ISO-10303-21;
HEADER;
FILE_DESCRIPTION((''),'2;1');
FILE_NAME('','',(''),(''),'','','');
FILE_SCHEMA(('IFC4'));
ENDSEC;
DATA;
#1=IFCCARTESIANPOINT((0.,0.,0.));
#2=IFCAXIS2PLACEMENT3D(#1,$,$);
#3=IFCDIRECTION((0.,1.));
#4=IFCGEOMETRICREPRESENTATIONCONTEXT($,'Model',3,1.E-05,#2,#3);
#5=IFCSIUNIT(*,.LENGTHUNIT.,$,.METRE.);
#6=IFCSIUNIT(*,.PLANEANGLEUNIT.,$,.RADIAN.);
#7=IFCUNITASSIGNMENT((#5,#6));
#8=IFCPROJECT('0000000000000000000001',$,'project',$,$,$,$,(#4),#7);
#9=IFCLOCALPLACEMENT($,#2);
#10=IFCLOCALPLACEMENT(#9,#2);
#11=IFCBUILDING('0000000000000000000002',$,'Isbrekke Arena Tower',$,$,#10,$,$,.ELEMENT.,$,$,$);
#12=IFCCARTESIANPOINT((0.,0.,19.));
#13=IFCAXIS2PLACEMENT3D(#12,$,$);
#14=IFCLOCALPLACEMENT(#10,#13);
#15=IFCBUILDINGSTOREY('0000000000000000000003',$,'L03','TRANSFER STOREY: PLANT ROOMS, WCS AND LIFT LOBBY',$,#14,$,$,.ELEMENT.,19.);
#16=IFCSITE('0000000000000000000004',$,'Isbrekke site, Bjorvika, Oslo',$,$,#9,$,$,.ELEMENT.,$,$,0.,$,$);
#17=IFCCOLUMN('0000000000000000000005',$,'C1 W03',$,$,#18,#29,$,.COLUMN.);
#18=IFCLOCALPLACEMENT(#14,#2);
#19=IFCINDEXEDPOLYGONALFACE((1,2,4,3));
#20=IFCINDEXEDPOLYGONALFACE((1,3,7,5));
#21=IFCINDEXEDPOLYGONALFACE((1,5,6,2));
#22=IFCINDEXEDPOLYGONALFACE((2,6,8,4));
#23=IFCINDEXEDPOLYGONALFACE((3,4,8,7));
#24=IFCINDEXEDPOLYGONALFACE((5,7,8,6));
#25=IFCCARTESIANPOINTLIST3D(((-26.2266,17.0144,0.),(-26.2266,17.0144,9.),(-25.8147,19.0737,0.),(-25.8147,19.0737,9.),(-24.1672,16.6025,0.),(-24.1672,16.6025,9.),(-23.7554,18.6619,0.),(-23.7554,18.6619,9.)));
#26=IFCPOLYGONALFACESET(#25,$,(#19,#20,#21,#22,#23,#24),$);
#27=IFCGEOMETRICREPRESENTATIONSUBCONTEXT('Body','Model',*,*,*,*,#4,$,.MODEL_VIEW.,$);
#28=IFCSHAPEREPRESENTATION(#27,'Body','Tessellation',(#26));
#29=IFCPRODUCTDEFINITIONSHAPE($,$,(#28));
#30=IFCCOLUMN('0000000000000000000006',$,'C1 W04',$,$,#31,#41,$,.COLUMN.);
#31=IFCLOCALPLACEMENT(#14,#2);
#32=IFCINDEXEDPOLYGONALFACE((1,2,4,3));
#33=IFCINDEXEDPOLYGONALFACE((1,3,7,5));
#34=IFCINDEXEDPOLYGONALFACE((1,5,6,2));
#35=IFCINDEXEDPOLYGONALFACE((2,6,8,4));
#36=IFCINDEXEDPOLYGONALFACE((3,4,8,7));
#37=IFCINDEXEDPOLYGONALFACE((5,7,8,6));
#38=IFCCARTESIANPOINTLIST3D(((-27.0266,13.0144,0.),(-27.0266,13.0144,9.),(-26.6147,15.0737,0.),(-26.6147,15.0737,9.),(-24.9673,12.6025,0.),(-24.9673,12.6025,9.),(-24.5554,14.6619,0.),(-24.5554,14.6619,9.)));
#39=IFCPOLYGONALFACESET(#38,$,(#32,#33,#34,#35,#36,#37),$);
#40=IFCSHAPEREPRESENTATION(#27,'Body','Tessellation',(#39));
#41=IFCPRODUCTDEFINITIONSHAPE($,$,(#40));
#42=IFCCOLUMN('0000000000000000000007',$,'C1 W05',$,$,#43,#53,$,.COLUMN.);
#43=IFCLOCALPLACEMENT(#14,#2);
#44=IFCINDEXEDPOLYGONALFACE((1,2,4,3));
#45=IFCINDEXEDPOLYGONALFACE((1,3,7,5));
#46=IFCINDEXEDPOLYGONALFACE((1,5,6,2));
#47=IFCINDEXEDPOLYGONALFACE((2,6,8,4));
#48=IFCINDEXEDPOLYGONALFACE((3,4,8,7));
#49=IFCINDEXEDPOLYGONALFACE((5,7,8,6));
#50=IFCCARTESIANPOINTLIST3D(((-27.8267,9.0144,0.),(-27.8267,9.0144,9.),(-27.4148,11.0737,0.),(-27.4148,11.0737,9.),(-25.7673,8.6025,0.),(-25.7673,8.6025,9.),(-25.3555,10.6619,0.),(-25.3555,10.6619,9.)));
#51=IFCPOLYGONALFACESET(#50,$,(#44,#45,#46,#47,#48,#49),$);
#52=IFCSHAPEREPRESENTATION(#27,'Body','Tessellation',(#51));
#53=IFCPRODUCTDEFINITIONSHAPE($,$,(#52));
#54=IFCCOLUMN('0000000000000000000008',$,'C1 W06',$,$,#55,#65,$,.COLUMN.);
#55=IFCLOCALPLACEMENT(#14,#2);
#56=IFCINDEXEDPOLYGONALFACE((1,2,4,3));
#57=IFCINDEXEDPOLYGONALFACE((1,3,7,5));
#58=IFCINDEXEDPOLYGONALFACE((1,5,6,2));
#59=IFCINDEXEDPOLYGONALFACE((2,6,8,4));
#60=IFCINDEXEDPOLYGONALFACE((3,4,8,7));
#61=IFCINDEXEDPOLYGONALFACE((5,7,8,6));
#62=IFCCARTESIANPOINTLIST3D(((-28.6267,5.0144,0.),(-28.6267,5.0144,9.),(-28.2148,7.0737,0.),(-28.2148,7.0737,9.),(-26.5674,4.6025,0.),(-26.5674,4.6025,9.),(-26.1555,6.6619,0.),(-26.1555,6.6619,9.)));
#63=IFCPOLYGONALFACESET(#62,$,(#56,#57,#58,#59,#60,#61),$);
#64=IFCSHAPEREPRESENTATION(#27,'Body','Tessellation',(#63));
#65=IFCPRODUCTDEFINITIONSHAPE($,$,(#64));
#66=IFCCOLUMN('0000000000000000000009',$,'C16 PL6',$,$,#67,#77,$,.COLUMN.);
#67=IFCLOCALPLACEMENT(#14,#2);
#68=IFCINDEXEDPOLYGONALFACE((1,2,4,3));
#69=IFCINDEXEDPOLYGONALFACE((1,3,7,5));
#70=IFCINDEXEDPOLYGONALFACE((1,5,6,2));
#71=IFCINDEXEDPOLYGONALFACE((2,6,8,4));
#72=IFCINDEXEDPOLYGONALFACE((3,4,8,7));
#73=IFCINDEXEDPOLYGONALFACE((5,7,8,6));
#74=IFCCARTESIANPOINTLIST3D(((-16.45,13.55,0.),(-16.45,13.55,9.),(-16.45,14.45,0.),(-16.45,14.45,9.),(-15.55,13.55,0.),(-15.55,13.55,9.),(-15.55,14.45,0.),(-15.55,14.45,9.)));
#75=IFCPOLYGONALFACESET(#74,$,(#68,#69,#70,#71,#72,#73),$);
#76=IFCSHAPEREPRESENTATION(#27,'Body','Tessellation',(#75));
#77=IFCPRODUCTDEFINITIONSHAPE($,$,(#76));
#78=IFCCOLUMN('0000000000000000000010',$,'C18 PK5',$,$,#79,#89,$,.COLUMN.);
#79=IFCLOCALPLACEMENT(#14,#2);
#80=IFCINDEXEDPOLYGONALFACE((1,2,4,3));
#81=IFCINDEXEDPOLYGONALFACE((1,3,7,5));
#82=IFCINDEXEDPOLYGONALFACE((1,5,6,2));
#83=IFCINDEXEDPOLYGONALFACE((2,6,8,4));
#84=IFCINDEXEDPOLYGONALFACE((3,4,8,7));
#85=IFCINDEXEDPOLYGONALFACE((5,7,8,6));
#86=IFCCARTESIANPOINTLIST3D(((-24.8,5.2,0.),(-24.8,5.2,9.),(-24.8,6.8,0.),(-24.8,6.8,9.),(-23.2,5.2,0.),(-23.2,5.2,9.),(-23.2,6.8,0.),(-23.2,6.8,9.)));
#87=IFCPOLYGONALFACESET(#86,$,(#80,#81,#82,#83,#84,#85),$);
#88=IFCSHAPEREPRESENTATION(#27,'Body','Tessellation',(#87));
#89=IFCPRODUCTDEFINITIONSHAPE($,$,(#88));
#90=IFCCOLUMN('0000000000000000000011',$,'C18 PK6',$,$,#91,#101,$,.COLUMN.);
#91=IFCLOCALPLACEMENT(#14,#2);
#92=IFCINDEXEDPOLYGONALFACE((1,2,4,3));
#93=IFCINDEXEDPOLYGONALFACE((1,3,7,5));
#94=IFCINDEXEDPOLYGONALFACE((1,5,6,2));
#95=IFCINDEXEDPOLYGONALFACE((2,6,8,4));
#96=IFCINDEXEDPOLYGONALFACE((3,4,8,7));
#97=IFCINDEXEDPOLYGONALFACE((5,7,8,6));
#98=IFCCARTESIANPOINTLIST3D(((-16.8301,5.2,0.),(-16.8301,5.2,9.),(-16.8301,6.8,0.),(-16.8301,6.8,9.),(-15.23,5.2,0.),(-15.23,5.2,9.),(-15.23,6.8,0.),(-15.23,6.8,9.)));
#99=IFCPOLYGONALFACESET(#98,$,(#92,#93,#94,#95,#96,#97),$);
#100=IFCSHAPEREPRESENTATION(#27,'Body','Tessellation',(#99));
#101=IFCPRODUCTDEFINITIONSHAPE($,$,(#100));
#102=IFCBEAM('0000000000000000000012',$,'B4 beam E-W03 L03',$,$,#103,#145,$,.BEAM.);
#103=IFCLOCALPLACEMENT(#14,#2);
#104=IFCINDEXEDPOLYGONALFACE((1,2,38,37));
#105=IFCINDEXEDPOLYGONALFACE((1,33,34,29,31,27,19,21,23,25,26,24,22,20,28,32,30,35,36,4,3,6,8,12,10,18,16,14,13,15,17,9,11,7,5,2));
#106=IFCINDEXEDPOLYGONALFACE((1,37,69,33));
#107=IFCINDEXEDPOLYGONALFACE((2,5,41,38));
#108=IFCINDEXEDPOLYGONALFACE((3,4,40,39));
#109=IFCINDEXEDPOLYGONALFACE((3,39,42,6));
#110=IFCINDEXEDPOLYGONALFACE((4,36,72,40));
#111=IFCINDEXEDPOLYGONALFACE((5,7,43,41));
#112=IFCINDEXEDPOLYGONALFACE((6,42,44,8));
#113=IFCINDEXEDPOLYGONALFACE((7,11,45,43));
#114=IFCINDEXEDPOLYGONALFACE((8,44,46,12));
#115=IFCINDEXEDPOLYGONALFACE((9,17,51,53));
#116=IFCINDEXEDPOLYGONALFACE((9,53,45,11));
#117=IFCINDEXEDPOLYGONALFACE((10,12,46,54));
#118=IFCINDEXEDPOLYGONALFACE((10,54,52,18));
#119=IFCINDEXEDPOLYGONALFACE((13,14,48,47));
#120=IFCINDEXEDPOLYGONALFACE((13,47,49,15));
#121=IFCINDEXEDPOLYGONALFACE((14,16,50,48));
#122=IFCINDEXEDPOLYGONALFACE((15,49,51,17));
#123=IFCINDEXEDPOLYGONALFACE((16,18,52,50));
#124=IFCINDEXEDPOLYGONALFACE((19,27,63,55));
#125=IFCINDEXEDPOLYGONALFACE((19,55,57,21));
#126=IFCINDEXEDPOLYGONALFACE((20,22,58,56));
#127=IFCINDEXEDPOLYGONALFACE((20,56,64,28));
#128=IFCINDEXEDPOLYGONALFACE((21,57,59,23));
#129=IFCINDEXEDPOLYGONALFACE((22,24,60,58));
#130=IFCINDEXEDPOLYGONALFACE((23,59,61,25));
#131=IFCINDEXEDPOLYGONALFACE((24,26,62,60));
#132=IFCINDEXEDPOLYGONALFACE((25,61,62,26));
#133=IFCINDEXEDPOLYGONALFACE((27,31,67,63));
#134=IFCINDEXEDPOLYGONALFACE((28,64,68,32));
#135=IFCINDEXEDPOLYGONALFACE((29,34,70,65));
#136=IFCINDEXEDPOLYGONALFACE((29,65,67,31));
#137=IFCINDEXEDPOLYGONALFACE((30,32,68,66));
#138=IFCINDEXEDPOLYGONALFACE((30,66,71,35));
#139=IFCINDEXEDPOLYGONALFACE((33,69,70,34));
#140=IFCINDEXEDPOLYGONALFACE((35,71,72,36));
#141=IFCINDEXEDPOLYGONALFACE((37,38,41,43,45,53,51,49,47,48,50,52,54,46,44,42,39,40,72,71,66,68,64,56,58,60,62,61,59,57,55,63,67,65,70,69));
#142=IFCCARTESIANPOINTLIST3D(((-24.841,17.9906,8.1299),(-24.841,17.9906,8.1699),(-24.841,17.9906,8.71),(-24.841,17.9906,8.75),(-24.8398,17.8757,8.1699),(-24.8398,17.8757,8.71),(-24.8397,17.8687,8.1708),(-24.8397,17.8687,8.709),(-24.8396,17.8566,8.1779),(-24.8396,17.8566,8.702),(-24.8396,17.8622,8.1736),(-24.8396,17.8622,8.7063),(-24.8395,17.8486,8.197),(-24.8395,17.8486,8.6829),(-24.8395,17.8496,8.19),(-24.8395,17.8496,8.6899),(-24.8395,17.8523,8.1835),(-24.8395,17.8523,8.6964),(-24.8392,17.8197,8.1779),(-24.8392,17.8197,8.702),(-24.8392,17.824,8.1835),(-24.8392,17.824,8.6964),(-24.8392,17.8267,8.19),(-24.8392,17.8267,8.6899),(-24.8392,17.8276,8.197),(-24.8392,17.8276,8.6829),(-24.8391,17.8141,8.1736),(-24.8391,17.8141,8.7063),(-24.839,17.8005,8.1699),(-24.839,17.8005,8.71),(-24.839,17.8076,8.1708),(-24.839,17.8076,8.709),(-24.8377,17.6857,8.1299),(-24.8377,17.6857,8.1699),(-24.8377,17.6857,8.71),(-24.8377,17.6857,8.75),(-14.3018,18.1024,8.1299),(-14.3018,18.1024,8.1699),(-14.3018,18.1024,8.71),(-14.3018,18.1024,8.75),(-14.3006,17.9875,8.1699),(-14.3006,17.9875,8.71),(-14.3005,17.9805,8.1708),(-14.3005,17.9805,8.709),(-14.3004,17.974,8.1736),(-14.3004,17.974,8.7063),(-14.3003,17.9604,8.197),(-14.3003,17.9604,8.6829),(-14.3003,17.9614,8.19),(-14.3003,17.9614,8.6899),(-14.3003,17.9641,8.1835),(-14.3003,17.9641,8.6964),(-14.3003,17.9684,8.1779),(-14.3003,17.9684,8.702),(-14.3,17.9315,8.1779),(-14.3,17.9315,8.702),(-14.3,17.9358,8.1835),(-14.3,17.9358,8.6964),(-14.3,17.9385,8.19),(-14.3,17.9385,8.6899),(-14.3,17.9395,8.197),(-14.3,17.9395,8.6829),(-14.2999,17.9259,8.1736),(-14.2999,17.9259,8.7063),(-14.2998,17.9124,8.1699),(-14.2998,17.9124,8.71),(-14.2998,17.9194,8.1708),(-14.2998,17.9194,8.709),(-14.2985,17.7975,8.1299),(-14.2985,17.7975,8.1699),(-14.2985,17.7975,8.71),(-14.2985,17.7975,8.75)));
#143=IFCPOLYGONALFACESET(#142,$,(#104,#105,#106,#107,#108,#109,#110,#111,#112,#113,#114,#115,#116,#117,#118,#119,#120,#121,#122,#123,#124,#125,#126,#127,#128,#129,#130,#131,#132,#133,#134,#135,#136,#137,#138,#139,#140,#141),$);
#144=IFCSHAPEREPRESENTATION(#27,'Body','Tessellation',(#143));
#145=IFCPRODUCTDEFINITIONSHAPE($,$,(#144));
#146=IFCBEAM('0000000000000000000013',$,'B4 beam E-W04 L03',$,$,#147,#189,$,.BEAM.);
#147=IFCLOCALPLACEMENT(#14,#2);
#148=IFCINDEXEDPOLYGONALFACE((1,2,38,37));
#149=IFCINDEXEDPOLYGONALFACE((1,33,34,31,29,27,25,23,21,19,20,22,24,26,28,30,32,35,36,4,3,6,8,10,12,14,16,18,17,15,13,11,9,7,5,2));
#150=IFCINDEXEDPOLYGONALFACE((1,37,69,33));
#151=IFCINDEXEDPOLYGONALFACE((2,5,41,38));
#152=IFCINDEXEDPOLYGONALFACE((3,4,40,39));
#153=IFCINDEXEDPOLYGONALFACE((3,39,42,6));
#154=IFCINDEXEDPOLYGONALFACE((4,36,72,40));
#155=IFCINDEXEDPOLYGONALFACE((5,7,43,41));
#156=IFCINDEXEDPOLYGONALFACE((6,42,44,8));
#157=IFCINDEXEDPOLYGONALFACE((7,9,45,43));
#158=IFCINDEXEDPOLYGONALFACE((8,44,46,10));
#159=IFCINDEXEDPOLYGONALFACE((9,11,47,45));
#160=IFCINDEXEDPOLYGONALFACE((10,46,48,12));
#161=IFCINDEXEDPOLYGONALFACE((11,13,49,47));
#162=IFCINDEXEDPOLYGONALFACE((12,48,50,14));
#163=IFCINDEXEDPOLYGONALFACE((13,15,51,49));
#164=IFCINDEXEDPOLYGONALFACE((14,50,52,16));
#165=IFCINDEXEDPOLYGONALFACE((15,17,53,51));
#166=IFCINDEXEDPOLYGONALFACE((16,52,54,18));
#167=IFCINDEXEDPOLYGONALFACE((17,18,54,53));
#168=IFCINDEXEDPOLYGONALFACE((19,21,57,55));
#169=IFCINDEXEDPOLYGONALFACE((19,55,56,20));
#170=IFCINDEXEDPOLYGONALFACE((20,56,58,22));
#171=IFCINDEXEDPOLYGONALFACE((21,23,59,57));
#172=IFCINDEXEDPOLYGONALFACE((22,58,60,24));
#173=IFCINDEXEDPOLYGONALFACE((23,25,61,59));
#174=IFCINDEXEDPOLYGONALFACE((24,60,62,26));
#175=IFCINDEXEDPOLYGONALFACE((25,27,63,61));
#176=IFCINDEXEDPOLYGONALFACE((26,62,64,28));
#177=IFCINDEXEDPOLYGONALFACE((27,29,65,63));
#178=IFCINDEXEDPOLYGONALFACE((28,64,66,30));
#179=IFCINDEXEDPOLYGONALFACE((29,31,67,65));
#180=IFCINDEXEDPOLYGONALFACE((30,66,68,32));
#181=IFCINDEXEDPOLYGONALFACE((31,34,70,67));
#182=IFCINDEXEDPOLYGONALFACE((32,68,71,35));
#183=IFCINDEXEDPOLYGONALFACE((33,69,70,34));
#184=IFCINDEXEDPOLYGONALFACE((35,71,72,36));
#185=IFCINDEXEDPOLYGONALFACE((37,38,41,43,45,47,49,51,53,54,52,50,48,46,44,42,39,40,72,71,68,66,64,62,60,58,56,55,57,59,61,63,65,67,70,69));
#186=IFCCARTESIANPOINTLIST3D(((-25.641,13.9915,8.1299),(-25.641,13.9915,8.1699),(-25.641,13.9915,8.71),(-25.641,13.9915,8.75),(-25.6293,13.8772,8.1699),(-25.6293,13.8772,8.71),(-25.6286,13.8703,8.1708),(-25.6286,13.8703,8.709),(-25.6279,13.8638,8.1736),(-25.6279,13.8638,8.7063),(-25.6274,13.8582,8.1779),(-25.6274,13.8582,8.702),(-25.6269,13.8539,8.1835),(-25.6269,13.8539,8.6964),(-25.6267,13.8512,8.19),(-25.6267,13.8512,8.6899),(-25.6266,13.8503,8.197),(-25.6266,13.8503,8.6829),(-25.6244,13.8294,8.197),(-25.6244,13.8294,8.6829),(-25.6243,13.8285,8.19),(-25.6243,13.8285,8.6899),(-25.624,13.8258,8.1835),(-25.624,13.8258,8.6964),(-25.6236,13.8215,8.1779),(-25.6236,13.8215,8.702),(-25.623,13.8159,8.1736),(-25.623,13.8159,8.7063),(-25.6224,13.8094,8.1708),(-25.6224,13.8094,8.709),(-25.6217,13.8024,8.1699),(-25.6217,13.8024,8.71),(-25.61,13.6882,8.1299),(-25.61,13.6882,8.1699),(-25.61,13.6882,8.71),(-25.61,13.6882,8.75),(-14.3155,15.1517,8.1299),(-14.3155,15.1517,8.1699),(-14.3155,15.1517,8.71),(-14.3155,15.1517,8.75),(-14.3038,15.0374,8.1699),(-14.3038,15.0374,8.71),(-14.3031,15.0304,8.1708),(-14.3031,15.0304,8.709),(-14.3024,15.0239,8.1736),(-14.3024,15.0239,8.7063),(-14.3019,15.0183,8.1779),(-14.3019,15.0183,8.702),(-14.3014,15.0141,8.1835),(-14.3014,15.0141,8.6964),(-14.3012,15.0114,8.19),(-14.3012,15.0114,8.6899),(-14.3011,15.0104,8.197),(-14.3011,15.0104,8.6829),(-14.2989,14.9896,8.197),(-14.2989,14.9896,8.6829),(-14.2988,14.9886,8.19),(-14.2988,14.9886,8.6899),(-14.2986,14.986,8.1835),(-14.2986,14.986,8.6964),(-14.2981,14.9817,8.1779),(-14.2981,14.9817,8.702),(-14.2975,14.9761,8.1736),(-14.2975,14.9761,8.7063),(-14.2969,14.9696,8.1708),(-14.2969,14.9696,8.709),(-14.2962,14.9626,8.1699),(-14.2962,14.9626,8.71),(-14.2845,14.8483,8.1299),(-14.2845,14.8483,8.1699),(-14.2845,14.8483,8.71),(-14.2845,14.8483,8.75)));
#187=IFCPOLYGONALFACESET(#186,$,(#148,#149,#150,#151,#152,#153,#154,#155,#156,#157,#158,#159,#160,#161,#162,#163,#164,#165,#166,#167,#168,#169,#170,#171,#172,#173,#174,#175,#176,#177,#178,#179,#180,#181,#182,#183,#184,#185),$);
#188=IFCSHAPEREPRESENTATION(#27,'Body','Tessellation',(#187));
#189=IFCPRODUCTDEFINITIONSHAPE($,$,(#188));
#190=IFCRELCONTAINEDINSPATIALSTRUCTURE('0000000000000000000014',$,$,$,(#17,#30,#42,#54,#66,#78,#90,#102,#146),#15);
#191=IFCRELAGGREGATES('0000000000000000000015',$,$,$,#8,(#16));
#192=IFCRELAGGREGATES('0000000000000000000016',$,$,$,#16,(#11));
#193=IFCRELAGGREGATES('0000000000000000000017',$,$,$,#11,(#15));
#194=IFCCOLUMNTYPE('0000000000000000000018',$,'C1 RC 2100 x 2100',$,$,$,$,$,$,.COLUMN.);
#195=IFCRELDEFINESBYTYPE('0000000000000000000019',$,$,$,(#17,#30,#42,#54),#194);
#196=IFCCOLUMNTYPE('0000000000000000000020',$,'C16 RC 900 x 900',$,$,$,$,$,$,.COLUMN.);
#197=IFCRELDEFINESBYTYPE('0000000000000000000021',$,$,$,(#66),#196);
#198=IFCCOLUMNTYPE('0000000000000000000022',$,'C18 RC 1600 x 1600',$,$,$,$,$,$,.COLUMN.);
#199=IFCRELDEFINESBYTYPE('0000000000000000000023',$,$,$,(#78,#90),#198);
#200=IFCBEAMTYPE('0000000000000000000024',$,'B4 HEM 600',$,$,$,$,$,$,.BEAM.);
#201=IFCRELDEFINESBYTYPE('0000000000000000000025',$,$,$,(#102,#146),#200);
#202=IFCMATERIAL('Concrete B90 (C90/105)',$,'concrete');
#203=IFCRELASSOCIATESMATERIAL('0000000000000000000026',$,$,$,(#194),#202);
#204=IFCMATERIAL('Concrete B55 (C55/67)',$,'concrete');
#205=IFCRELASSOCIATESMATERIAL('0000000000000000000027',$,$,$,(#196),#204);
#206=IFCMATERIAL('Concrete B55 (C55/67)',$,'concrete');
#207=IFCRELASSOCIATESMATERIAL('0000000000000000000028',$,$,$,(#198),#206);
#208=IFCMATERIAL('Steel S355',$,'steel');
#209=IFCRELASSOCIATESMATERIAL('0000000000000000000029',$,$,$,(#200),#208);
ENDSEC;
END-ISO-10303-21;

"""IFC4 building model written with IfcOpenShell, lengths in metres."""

from ifc_helpers import new_model, si_unit, direction, frame, origin, origin_2d, place, context, subcontext, project, spatial, rectangle, i_section, extrude, material, material_profile, profile_set, type_object, element, save


model = new_model("IFC4")

# Units and contexts
model_context = context("Model", 3, precision=1e-05, world=origin(), true_north=direction((0.0, 1.0)))
body_context = subcontext(model_context, "Body", "Model", "MODEL_VIEW")
ifc_project = project(units=[si_unit("LENGTHUNIT", "METRE"), si_unit("PLANEANGLEUNIT", "RADIAN")], contexts=[model_context])

# Site, building, storey
site_placement = place(None, origin())
site = spatial("IfcSite", under=ifc_project, at=site_placement, Name="Isbrekke site, Bjorvika, Oslo", CompositionType="ELEMENT", RefElevation=0.0)
building_placement = place(site_placement, origin())
building = spatial("IfcBuilding", under=site, at=building_placement, Name="Isbrekke Arena Tower", CompositionType="ELEMENT")
storey_placement = place(building_placement, frame((0.0, 0.0, 19.0)))
storey = spatial("IfcBuildingStorey", under=building, at=storey_placement, Name="L03", Description="TRANSFER STOREY: PLANT ROOMS, WCS AND LIFT LOBBY", CompositionType="ELEMENT", Elevation=19.0)

# Columns
ifc_material_1 = material(Name="Concrete B90 (C90/105)", Category="concrete")
ifc_material_profile_1 = material_profile(ifc_material_1, rectangle(XDim=2.1001, YDim=2.1001, at=origin_2d()), Name="RC 2100x2100")
ifc_profile_set_1 = profile_set([ifc_material_profile_1], Name="Concrete B90 (C90/105)")
column_type_1 = type_object("IfcColumnType", Name="C1 RC 2100 x 2100", PredefinedType="COLUMN", material=ifc_profile_set_1)
for number, where, z_axis, x_axis, name in (
    (1, (-24.991, 17.8381, 0.0), (0.0, 0.0, 1.0), (-0.196116, -0.980581, 0.0), "C1 W03"),
    (2, (-25.791, 13.8381, 0.0), (0.0, 0.0, 1.0), (-0.196116, -0.980581, 0.0), "C1 W04"),
    (3, (-26.5911, 9.8381, 0.0), (0.0, 0.0, 1.0), (-0.196116, -0.980581, 0.0), "C1 W05"),
    (4, (-27.3911, 5.8381, 0.0), (0.0, 0.0, 1.0), (-0.196116, -0.980581, 0.0), "C1 W06"),
):
    element("IfcColumn", number, at=place(storey_placement, frame(where, z_axis=z_axis, x_axis=x_axis)), inside=storey, type_object=column_type_1, Name=name, PredefinedType="COLUMN", context=body_context, shape_type="SweptSolid", body=[
        extrude(rectangle(XDim=2.1001, YDim=2.1001, at=origin_2d()), origin(), (0.0, 0.0, 1.0), 9.0),
    ])
ifc_material_2 = material(Name="Concrete B55 (C55/67)", Category="concrete")
ifc_material_profile_2 = material_profile(ifc_material_2, rectangle(XDim=0.8999, YDim=0.8999, at=origin_2d()), Name="RC 900x900")
ifc_profile_set_2 = profile_set([ifc_material_profile_2], Name="Concrete B55 (C55/67)")
column_type_2 = type_object("IfcColumnType", Name="C16 RC 900 x 900", PredefinedType="COLUMN", material=ifc_profile_set_2)
column_placement = place(storey_placement, frame((-16.0, 14.0, 0.0), z_axis=(0.0, 0.0, 1.0), x_axis=(1.0, 0.0, 0.0)))
element("IfcColumn", 5, at=column_placement, inside=storey, type_object=column_type_2, Name="C16 PL6", PredefinedType="COLUMN", context=body_context, shape_type="SweptSolid", body=[
    extrude(rectangle(XDim=0.8999, YDim=0.8999, at=origin_2d()), origin(), (0.0, 0.0, 1.0), 9.0),
])
ifc_material_3 = material(Name="Concrete B55 (C55/67)", Category="concrete")
ifc_material_profile_3 = material_profile(ifc_material_3, rectangle(XDim=1.6001, YDim=1.6001, at=origin_2d()), Name="RC 1600x1600")
ifc_profile_set_3 = profile_set([ifc_material_profile_3], Name="Concrete B55 (C55/67)")
column_type_3 = type_object("IfcColumnType", Name="C18 RC 1600 x 1600", PredefinedType="COLUMN", material=ifc_profile_set_3)
for number, where, z_axis, x_axis, name in (
    (6, (-24.0, 6.0, 0.0), (0.0, 0.0, 1.0), (1.0, 0.0, 0.0), "C18 PK5"),
    (7, (-16.03, 6.0, 0.0), (0.0, 0.0, 1.0), (1.0, 0.0, 0.0), "C18 PK6"),
):
    element("IfcColumn", number, at=place(storey_placement, frame(where, z_axis=z_axis, x_axis=x_axis)), inside=storey, type_object=column_type_3, Name=name, PredefinedType="COLUMN", context=body_context, shape_type="SweptSolid", body=[
        extrude(rectangle(XDim=1.6001, YDim=1.6001, at=origin_2d()), origin(), (0.0, 0.0, 1.0), 9.0),
    ])

# Beams
ifc_material_4 = material(Name="Steel S355", Category="steel")
ifc_material_profile_4 = material_profile(ifc_material_4, i_section(OverallWidth=0.3049, OverallDepth=0.6201, WebThickness=0.021, FlangeThickness=0.04, FilletRadius=0.0271, at=origin_2d()), Name="HEM 600")
ifc_profile_set_4 = profile_set([ifc_material_profile_4], Name="Steel S355")
beam_type_1 = type_object("IfcBeamType", Name="B4 HEM 600", PredefinedType="BEAM", material=ifc_profile_set_4)
beam_1_placement = place(storey_placement, frame((-24.8394, 17.8381, 8.4399), z_axis=(0.999944, 0.010609, 0.0), x_axis=(-0.010609, 0.999944, 0.0)))
element("IfcBeam", 8, at=beam_1_placement, inside=storey, type_object=beam_type_1, Name="B4 beam E-W03 L03", PredefinedType="BEAM", context=body_context, shape_type="SweptSolid", body=[
    extrude(i_section(OverallWidth=0.3049, OverallDepth=0.6201, WebThickness=0.021, FlangeThickness=0.04, FilletRadius=0.0271, at=origin_2d()), origin(), (0.0, 0.0, 1.0), 10.5398),
])
beam_2_placement = place(storey_placement, frame((-25.6255, 13.8398, 8.4399), z_axis=(0.994794, 0.101905, 0.0), x_axis=(-0.101905, 0.994794, 0.0)))
element("IfcBeam", 9, at=beam_2_placement, inside=storey, type_object=beam_type_1, Name="B4 beam E-W04 L03", PredefinedType="BEAM", context=body_context, shape_type="SweptSolid", body=[
    extrude(i_section(OverallWidth=0.3049, OverallDepth=0.6201, WebThickness=0.021, FlangeThickness=0.04, FilletRadius=0.0271, at=origin_2d()), origin(), (0.0, 0.0, 1.0), 11.3848),
])

save(model, "model.ifc")
